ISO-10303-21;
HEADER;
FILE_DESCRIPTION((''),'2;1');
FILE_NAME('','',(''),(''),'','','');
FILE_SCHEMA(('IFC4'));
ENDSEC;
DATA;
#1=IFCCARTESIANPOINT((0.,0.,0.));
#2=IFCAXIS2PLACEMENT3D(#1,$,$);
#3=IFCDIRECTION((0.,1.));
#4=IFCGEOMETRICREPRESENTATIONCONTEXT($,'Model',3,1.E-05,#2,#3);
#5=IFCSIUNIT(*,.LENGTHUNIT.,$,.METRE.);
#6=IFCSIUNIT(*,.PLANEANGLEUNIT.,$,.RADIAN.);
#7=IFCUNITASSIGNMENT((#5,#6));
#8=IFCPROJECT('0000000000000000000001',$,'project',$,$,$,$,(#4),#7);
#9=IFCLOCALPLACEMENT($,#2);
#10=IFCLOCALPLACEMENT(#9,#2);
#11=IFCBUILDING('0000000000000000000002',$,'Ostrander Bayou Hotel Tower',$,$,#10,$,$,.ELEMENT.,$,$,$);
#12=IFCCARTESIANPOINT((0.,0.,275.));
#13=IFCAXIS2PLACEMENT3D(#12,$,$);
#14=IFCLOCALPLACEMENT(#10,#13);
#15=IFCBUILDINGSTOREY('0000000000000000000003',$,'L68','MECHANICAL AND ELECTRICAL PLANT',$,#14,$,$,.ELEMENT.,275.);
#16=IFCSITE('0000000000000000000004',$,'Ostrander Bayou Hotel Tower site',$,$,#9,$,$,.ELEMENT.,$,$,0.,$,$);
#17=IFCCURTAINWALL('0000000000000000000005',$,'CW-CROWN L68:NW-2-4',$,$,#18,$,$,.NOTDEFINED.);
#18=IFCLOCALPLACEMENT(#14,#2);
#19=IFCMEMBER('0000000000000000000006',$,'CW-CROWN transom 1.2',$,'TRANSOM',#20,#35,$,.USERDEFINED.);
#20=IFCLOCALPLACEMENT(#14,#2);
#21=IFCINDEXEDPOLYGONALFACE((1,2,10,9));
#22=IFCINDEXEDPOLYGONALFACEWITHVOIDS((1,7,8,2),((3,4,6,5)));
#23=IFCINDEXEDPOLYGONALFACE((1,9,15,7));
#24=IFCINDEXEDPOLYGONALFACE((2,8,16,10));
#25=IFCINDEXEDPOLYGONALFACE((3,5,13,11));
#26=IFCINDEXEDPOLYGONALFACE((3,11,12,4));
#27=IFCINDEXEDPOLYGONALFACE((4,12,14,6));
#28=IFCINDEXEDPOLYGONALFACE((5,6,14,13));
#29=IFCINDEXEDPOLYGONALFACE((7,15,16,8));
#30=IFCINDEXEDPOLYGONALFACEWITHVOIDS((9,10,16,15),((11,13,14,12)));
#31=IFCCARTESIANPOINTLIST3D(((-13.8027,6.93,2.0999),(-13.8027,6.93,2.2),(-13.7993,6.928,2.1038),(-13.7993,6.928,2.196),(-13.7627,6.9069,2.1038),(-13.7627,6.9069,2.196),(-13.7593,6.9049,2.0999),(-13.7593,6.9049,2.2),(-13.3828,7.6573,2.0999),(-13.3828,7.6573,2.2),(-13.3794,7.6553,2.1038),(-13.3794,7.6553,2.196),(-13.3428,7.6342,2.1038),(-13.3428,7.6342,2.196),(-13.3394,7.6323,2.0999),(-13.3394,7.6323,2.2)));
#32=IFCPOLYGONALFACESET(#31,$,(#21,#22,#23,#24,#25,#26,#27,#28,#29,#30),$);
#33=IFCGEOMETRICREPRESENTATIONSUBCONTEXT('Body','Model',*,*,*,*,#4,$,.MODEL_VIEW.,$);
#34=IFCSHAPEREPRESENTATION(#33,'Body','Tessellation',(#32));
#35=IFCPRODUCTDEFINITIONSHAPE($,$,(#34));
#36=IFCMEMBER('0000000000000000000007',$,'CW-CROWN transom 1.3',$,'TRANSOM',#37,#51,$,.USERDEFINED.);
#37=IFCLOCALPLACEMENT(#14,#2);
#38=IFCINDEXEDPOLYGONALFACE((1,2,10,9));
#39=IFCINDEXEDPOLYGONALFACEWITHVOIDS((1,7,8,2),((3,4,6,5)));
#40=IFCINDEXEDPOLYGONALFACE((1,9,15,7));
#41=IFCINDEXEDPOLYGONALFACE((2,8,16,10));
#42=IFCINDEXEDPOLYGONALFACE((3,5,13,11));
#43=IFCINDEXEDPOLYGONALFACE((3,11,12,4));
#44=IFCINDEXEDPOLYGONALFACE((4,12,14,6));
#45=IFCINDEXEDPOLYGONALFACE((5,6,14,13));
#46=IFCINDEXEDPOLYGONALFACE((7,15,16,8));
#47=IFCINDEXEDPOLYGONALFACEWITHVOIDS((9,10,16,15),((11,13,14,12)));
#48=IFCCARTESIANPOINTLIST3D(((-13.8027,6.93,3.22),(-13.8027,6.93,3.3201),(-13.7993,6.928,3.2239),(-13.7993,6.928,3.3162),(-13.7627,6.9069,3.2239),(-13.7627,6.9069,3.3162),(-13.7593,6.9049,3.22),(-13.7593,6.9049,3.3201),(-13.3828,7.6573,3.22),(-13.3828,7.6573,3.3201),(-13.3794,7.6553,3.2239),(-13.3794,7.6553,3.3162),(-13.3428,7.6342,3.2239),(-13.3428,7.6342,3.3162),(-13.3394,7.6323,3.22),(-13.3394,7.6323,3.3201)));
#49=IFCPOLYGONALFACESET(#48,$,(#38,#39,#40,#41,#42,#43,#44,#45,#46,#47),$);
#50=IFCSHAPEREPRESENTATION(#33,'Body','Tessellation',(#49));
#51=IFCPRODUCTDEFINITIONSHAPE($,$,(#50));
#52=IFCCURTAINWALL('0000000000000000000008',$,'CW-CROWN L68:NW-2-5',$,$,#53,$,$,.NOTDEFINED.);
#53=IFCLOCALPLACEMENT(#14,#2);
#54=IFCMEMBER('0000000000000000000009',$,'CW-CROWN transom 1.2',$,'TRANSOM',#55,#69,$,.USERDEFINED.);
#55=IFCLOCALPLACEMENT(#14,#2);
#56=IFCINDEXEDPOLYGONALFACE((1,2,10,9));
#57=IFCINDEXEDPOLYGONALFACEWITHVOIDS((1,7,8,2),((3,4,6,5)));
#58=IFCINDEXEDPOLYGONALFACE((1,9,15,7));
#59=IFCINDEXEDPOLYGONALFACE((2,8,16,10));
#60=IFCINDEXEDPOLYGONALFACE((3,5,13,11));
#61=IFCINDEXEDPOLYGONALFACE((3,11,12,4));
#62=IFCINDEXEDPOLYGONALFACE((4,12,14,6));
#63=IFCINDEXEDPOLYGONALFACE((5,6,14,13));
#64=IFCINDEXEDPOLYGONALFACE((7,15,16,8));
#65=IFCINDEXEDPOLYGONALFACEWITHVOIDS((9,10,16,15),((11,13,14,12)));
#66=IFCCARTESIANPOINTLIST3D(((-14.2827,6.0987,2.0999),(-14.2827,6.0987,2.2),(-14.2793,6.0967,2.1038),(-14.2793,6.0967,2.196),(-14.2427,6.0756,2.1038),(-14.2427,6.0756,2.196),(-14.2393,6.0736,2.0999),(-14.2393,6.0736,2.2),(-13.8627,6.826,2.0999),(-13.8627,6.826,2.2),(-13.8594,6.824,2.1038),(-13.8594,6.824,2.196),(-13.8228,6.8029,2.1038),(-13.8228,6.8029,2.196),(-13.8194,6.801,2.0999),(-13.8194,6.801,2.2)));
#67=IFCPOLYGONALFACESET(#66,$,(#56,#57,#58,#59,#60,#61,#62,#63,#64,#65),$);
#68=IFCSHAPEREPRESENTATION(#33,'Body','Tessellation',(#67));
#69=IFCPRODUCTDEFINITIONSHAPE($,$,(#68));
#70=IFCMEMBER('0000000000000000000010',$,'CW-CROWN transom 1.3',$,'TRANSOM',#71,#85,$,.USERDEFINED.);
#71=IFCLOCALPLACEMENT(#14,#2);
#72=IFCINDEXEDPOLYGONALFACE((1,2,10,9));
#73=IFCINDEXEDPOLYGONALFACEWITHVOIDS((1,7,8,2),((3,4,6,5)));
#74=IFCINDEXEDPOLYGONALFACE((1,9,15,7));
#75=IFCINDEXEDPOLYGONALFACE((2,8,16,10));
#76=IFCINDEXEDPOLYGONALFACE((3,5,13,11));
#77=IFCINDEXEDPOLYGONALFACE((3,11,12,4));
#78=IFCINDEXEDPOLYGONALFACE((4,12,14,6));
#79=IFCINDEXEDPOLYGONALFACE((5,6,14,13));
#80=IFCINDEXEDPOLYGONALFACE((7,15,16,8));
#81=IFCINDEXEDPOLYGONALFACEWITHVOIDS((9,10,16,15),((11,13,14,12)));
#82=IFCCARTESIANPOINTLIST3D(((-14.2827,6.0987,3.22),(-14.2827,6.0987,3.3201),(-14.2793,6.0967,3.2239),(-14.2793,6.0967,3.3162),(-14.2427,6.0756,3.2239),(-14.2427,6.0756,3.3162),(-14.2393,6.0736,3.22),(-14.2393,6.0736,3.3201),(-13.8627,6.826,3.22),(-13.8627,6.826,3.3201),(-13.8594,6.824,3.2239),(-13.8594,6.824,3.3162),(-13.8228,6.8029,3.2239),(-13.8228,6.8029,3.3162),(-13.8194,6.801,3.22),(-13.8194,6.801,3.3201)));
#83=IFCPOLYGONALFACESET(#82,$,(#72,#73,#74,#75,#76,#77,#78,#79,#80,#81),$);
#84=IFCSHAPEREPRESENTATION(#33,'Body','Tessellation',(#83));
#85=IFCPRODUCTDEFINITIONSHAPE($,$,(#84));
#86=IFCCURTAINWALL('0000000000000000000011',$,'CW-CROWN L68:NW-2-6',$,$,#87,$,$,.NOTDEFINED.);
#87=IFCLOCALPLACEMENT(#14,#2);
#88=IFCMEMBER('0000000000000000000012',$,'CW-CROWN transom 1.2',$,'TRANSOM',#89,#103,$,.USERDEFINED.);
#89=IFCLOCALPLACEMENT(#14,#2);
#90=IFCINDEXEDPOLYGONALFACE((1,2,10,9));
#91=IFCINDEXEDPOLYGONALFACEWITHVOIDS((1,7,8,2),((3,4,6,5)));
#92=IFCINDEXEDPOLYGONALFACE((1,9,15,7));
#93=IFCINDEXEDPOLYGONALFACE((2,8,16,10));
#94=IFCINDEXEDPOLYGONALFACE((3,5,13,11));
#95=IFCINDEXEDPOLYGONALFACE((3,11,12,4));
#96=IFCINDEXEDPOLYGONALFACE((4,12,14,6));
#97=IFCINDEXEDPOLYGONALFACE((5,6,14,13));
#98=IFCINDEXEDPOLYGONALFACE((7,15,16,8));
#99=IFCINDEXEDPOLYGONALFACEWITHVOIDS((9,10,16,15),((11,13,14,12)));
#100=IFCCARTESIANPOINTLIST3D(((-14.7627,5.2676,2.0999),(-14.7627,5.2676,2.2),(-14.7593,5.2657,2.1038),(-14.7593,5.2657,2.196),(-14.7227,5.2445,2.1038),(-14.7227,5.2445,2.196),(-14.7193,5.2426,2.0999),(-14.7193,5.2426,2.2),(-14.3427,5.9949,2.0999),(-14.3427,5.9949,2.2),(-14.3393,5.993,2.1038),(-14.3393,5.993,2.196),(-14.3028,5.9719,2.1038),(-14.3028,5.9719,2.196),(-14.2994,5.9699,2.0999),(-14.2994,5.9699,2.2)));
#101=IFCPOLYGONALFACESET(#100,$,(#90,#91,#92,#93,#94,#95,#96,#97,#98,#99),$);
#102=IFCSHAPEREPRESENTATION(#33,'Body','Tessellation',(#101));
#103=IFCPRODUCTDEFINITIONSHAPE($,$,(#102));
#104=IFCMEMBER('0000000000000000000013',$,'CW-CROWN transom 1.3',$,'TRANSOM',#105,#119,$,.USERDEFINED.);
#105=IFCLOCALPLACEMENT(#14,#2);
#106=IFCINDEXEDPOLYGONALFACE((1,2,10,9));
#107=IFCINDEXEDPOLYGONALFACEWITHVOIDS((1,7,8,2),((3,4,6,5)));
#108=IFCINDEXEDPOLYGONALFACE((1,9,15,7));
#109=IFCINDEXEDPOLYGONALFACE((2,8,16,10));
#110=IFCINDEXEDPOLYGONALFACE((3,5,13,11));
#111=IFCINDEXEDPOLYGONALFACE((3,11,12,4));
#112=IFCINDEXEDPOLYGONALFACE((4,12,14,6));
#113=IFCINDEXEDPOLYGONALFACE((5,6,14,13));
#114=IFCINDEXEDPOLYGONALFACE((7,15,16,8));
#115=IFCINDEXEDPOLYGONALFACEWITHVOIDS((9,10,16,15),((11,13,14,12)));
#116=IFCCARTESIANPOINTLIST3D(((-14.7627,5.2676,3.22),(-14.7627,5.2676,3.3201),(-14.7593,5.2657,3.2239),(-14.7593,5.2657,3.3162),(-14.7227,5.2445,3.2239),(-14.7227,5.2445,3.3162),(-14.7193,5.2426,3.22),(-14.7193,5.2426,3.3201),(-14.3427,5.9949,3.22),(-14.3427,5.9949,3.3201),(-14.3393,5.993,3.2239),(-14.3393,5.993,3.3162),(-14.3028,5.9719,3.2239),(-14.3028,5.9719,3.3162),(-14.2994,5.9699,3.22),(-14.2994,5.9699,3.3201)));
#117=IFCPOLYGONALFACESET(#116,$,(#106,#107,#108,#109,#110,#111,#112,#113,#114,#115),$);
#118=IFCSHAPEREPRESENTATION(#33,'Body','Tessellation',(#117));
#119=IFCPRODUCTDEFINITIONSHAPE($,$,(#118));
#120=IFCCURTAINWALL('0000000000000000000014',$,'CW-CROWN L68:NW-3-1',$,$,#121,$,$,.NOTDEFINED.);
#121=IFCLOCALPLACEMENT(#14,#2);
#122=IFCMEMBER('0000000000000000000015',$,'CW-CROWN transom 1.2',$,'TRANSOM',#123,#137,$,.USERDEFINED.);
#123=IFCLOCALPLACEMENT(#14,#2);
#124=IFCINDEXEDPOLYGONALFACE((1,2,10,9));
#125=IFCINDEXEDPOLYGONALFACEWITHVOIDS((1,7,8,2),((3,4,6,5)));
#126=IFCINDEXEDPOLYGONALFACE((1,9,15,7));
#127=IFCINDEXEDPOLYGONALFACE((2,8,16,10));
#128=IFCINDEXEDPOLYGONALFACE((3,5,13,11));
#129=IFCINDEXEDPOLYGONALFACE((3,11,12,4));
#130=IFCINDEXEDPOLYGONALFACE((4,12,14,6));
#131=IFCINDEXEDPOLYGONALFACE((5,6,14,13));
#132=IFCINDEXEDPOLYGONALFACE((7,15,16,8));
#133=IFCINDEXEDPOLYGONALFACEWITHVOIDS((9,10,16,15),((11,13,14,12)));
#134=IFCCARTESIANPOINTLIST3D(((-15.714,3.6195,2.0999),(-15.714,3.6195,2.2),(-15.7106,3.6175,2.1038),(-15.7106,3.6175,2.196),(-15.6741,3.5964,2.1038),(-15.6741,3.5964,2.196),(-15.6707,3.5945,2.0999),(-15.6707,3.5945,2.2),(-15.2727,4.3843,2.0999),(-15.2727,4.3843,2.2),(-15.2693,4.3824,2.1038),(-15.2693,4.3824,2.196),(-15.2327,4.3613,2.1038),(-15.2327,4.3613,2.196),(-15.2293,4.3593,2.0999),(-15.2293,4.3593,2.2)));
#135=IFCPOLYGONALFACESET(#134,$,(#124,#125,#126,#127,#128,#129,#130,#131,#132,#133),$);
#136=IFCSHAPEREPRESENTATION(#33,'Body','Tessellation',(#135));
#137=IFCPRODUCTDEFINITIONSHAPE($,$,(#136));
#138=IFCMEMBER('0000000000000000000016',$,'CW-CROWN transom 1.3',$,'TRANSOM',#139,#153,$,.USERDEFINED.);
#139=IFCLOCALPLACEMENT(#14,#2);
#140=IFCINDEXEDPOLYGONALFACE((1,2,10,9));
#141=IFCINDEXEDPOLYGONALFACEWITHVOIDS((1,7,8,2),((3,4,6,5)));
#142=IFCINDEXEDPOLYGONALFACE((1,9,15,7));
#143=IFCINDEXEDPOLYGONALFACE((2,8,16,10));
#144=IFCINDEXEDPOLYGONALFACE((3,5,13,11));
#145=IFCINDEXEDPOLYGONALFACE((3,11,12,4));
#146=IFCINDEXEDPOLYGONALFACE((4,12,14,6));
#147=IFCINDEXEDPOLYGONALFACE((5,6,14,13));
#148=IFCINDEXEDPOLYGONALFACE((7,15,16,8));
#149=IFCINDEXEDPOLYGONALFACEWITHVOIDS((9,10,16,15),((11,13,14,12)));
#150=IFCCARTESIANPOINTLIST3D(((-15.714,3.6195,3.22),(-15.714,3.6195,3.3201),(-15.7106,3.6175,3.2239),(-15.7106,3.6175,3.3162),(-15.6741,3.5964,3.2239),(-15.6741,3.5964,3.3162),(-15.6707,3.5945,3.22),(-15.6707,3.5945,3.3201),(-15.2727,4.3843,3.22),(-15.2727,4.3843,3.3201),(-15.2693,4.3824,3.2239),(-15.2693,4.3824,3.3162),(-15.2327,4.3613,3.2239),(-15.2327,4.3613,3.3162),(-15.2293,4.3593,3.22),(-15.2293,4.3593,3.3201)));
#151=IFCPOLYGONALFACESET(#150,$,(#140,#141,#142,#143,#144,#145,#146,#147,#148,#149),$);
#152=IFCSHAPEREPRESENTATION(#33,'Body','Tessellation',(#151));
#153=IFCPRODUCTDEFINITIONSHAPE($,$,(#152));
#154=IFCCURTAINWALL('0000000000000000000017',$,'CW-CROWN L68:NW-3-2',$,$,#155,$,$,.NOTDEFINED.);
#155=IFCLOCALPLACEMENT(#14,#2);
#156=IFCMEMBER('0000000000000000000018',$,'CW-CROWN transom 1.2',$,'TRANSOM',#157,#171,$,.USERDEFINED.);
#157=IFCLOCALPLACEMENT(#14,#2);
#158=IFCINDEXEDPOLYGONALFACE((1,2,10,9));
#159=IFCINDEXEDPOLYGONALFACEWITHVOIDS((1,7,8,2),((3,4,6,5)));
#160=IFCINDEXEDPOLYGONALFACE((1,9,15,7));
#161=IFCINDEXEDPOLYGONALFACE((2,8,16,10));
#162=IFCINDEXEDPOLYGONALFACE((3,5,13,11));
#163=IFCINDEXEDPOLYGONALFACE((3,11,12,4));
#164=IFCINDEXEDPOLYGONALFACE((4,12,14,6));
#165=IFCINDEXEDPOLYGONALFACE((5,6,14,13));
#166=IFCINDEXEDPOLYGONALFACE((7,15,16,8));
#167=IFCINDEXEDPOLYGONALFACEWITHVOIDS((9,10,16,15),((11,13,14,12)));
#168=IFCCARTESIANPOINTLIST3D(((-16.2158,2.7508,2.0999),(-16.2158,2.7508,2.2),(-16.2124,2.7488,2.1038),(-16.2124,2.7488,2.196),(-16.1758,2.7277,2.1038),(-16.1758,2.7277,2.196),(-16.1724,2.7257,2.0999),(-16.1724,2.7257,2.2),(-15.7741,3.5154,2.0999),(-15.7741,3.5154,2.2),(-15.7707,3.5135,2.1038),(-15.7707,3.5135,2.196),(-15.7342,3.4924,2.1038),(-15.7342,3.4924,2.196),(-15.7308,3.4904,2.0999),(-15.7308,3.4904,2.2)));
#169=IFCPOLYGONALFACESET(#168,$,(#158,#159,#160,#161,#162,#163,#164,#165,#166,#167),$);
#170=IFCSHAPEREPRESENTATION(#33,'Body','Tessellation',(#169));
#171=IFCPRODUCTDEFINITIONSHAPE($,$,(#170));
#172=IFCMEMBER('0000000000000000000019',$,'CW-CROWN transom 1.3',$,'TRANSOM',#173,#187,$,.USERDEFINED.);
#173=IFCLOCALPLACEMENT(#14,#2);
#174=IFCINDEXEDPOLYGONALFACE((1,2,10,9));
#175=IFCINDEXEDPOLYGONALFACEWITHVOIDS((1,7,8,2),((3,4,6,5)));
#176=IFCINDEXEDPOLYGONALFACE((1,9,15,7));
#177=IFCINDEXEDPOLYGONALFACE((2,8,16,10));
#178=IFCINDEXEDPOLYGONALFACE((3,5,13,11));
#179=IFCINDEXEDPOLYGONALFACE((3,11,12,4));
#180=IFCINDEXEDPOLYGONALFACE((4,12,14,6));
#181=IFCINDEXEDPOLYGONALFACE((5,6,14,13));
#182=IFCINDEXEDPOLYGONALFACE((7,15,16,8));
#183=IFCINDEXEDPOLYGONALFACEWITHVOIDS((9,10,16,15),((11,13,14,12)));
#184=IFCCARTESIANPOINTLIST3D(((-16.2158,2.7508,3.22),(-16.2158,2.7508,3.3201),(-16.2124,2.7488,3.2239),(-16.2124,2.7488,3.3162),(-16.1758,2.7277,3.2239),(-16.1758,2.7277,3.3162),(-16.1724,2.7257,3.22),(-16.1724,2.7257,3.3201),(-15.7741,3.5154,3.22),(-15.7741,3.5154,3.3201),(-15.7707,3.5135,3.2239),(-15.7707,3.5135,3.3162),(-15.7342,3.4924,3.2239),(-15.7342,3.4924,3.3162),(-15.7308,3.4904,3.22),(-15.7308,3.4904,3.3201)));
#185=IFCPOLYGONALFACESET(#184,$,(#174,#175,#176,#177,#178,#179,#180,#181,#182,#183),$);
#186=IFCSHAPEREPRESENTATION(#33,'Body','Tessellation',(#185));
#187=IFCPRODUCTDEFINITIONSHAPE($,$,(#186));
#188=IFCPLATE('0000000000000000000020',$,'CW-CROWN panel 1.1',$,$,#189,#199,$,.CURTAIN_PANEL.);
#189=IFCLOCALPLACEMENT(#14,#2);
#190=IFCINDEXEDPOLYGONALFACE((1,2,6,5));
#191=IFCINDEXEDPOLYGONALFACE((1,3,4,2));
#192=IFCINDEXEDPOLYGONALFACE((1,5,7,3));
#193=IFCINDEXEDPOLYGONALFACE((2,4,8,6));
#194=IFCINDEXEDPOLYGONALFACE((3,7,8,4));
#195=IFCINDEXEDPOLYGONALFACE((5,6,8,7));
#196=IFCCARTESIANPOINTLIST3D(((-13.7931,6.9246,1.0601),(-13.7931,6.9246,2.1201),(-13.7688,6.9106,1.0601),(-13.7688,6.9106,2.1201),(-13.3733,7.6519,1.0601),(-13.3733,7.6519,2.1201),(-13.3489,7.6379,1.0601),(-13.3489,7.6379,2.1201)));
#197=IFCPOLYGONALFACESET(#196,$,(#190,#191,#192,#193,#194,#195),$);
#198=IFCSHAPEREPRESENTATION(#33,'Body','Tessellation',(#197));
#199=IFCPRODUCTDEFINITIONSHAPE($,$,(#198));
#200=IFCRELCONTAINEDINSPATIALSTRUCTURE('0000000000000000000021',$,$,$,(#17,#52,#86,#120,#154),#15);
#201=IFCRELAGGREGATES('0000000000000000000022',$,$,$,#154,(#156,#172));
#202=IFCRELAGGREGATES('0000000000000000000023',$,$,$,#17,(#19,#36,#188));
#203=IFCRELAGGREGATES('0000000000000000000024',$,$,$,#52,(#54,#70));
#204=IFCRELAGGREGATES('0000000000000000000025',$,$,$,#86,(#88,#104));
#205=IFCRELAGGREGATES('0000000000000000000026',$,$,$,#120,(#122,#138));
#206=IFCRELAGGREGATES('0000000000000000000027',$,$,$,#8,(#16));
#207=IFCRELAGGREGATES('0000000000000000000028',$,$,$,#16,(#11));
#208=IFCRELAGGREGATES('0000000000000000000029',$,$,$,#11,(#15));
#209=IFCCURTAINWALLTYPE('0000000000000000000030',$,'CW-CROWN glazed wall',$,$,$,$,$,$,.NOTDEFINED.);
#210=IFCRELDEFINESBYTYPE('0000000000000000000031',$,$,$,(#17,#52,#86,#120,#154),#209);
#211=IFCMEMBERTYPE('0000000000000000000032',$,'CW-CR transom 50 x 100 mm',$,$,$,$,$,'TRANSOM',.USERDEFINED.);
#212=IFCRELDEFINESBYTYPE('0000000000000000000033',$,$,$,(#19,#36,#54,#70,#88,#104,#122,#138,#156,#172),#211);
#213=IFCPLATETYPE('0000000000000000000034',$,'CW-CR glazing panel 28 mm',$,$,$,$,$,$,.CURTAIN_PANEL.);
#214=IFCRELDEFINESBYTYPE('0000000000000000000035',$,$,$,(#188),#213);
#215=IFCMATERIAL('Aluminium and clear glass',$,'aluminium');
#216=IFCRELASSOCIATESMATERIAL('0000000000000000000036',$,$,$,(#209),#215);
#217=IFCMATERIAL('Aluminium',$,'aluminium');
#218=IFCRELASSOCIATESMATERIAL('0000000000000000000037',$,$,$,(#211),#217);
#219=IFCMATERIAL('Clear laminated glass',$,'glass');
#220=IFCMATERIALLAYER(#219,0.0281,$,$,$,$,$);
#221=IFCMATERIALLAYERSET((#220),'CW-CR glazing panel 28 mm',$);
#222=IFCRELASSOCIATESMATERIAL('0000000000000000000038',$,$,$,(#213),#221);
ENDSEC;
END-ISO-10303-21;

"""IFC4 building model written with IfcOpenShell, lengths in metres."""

from ifc_helpers import new_model, si_unit, direction, frame, origin, origin_2d, place, context, subcontext, project, spatial, rectangle, hollow_rectangle, extrude, material, layer, layer_set, material_profile, profile_set, type_object, element, aggregate, save


model = new_model("IFC4")

# Units and contexts
model_context = context("Model", 3, precision=1e-05, world=origin(), true_north=direction((0.0, 1.0)))
body_context = subcontext(model_context, "Body", "Model", "MODEL_VIEW")
ifc_project = project(units=[si_unit("LENGTHUNIT", "METRE"), si_unit("PLANEANGLEUNIT", "RADIAN")], contexts=[model_context])

# Site, building, storey
site_placement = place(None, origin())
site = spatial("IfcSite", under=ifc_project, at=site_placement, Name="Ostrander Bayou Hotel Tower site", CompositionType="ELEMENT", RefElevation=0.0)
building_placement = place(site_placement, origin())
building = spatial("IfcBuilding", under=site, at=building_placement, Name="Ostrander Bayou Hotel Tower", CompositionType="ELEMENT")
storey_placement = place(building_placement, frame((0.0, 0.0, 275.0)))
storey = spatial("IfcBuildingStorey", under=building, at=storey_placement, Name="L68", Description="MECHANICAL AND ELECTRICAL PLANT", CompositionType="ELEMENT", Elevation=275.0)

# Curtain walls, members
ifc_material_1 = material(Name="Aluminium and clear glass", Category="aluminium")
curtain_wall_type = type_object("IfcCurtainWallType", Name="CW-CROWN glazed wall", PredefinedType="NOTDEFINED", material=ifc_material_1)
curtain_wall_1_placement = place(storey_placement, origin())
curtain_wall_1 = element("IfcCurtainWall", 1, at=curtain_wall_1_placement, inside=storey, type_object=curtain_wall_type, Name="CW-CROWN L68:NW-2-4", PredefinedType="NOTDEFINED")
ifc_material_2 = material(Name="Aluminium", Category="aluminium")
ifc_material_profile = material_profile(ifc_material_2, hollow_rectangle(XDim=0.05, YDim=0.1001, WallThickness=0.0039, at=origin_2d()))
ifc_profile_set = profile_set([ifc_material_profile], Name="Aluminium")
member_type = type_object("IfcMemberType", Name="CW-CR transom 50 x 100 mm", ElementType="TRANSOM", PredefinedType="USERDEFINED", material=ifc_profile_set)
member_1_placement = place(storey_placement, frame((-13.3611, 7.6448, 2.1499), z_axis=(-0.500016, -0.866016, 0.0), x_axis=(0.866016, -0.500016, 0.0)))
member_1 = element("IfcMember", 2, at=member_1_placement, type_object=member_type, Name="CW-CROWN transom 1.2", ObjectType="TRANSOM", PredefinedType="USERDEFINED", context=body_context, shape_type="SweptSolid", body=[
    extrude(hollow_rectangle(XDim=0.05, YDim=0.1001, WallThickness=0.0039, at=origin_2d()), origin(), (0.0, 0.0, 1.0), 0.8398),
])
member_2_placement = place(storey_placement, frame((-13.3611, 7.6448, 3.27), z_axis=(-0.500016, -0.866016, 0.0), x_axis=(0.866016, -0.500016, 0.0)))
member_2 = element("IfcMember", 3, at=member_2_placement, type_object=member_type, Name="CW-CROWN transom 1.3", ObjectType="TRANSOM", PredefinedType="USERDEFINED", context=body_context, shape_type="SweptSolid", body=[
    extrude(hollow_rectangle(XDim=0.05, YDim=0.1001, WallThickness=0.0039, at=origin_2d()), origin(), (0.0, 0.0, 1.0), 0.8398),
])
curtain_wall_2_placement = place(storey_placement, origin())
curtain_wall_2 = element("IfcCurtainWall", 4, at=curtain_wall_2_placement, inside=storey, type_object=curtain_wall_type, Name="CW-CROWN L68:NW-2-5", PredefinedType="NOTDEFINED")
member_3_placement = place(storey_placement, frame((-13.8411, 6.8135, 2.1499), z_axis=(-0.500016, -0.866016, 0.0), x_axis=(0.866016, -0.500016, 0.0)))
member_3 = element("IfcMember", 5, at=member_3_placement, type_object=member_type, Name="CW-CROWN transom 1.2", ObjectType="TRANSOM", PredefinedType="USERDEFINED", context=body_context, shape_type="SweptSolid", body=[
    extrude(hollow_rectangle(XDim=0.05, YDim=0.1001, WallThickness=0.0039, at=origin_2d()), origin(), (0.0, 0.0, 1.0), 0.8398),
])
member_4_placement = place(storey_placement, frame((-13.8411, 6.8135, 3.27), z_axis=(-0.500016, -0.866016, 0.0), x_axis=(0.866016, -0.500016, 0.0)))
member_4 = element("IfcMember", 6, at=member_4_placement, type_object=member_type, Name="CW-CROWN transom 1.3", ObjectType="TRANSOM", PredefinedType="USERDEFINED", context=body_context, shape_type="SweptSolid", body=[
    extrude(hollow_rectangle(XDim=0.05, YDim=0.1001, WallThickness=0.0039, at=origin_2d()), origin(), (0.0, 0.0, 1.0), 0.8398),
])
curtain_wall_3_placement = place(storey_placement, origin())
curtain_wall_3 = element("IfcCurtainWall", 7, at=curtain_wall_3_placement, inside=storey, type_object=curtain_wall_type, Name="CW-CROWN L68:NW-2-6", PredefinedType="NOTDEFINED")
member_5_placement = place(storey_placement, frame((-14.321, 5.9824, 2.1499), z_axis=(-0.500016, -0.866016, 0.0), x_axis=(0.866016, -0.500016, 0.0)))
member_5 = element("IfcMember", 8, at=member_5_placement, type_object=member_type, Name="CW-CROWN transom 1.2", ObjectType="TRANSOM", PredefinedType="USERDEFINED", context=body_context, shape_type="SweptSolid", body=[
    extrude(hollow_rectangle(XDim=0.05, YDim=0.1001, WallThickness=0.0039, at=origin_2d()), origin(), (0.0, 0.0, 1.0), 0.8398),
])
member_6_placement = place(storey_placement, frame((-14.321, 5.9824, 3.27), z_axis=(-0.500016, -0.866016, 0.0), x_axis=(0.866016, -0.500016, 0.0)))
member_6 = element("IfcMember", 9, at=member_6_placement, type_object=member_type, Name="CW-CROWN transom 1.3", ObjectType="TRANSOM", PredefinedType="USERDEFINED", context=body_context, shape_type="SweptSolid", body=[
    extrude(hollow_rectangle(XDim=0.05, YDim=0.1001, WallThickness=0.0039, at=origin_2d()), origin(), (0.0, 0.0, 1.0), 0.8398),
])
curtain_wall_4_placement = place(storey_placement, origin())
curtain_wall_4 = element("IfcCurtainWall", 10, at=curtain_wall_4_placement, inside=storey, type_object=curtain_wall_type, Name="CW-CROWN L68:NW-3-1", PredefinedType="NOTDEFINED")
member_7_placement = place(storey_placement, frame((-15.251, 4.3718, 2.1499), z_axis=(-0.499826, -0.866126, 0.0), x_axis=(0.866126, -0.499826, 0.0)))
member_7 = element("IfcMember", 11, at=member_7_placement, type_object=member_type, Name="CW-CROWN transom 1.2", ObjectType="TRANSOM", PredefinedType="USERDEFINED", context=body_context, shape_type="SweptSolid", body=[
    extrude(hollow_rectangle(XDim=0.05, YDim=0.1001, WallThickness=0.0039, at=origin_2d()), origin(), (0.0, 0.0, 1.0), 0.8831),
])
member_8_placement = place(storey_placement, frame((-15.251, 4.3718, 3.27), z_axis=(-0.499826, -0.866126, 0.0), x_axis=(0.866126, -0.499826, 0.0)))
member_8 = element("IfcMember", 12, at=member_8_placement, type_object=member_type, Name="CW-CROWN transom 1.3", ObjectType="TRANSOM", PredefinedType="USERDEFINED", context=body_context, shape_type="SweptSolid", body=[
    extrude(hollow_rectangle(XDim=0.05, YDim=0.1001, WallThickness=0.0039, at=origin_2d()), origin(), (0.0, 0.0, 1.0), 0.8831),
])
curtain_wall_5_placement = place(storey_placement, origin())
curtain_wall_5 = element("IfcCurtainWall", 13, at=curtain_wall_5_placement, inside=storey, type_object=curtain_wall_type, Name="CW-CROWN L68:NW-3-2", PredefinedType="NOTDEFINED")
member_9_placement = place(storey_placement, frame((-15.7524, 3.5029, 2.1499), z_axis=(-0.500153, -0.865937, 0.0), x_axis=(0.865937, -0.500153, 0.0)))
member_9 = element("IfcMember", 14, at=member_9_placement, type_object=member_type, Name="CW-CROWN transom 1.2", ObjectType="TRANSOM", PredefinedType="USERDEFINED", context=body_context, shape_type="SweptSolid", body=[
    extrude(hollow_rectangle(XDim=0.05, YDim=0.1001, WallThickness=0.0039, at=origin_2d()), origin(), (0.0, 0.0, 1.0), 0.8831),
])
member_10_placement = place(storey_placement, frame((-15.7524, 3.5029, 3.27), z_axis=(-0.500153, -0.865937, 0.0), x_axis=(0.865937, -0.500153, 0.0)))
member_10 = element("IfcMember", 15, at=member_10_placement, type_object=member_type, Name="CW-CROWN transom 1.3", ObjectType="TRANSOM", PredefinedType="USERDEFINED", context=body_context, shape_type="SweptSolid", body=[
    extrude(hollow_rectangle(XDim=0.05, YDim=0.1001, WallThickness=0.0039, at=origin_2d()), origin(), (0.0, 0.0, 1.0), 0.8831),
])
aggregate(curtain_wall_5, [member_9, member_10])

# Plate
ifc_material_3 = material(Name="Clear laminated glass", Category="glass")
ifc_layer_1 = layer(ifc_material_3, 0.0281)
ifc_layer_set_1 = layer_set([ifc_layer_1], Name="CW-CR glazing panel 28 mm")
plate_type = type_object("IfcPlateType", Name="CW-CR glazing panel 28 mm", PredefinedType="CURTAIN_PANEL", material=ifc_layer_set_1)
plate_1_placement = place(storey_placement, frame((-13.571, 7.2812, 1.0601), z_axis=(0.0, 0.0, 1.0), x_axis=(-0.49996, -0.866049, 0.0)))
plate_1 = element("IfcPlate", 16, at=plate_1_placement, type_object=plate_type, Name="CW-CROWN panel 1.1", PredefinedType="CURTAIN_PANEL", context=body_context, shape_type="SweptSolid", body=[
    extrude(rectangle(XDim=0.8398, YDim=0.0281, at=origin_2d()), origin(), (0.0, 0.0, 1.0), 1.0601),
])
aggregate(curtain_wall_1, [member_1, member_2, plate_1])
aggregate(curtain_wall_2, [member_3, member_4])
aggregate(curtain_wall_3, [member_5, member_6])
aggregate(curtain_wall_4, [member_7, member_8])

save(model, "model.ifc")
